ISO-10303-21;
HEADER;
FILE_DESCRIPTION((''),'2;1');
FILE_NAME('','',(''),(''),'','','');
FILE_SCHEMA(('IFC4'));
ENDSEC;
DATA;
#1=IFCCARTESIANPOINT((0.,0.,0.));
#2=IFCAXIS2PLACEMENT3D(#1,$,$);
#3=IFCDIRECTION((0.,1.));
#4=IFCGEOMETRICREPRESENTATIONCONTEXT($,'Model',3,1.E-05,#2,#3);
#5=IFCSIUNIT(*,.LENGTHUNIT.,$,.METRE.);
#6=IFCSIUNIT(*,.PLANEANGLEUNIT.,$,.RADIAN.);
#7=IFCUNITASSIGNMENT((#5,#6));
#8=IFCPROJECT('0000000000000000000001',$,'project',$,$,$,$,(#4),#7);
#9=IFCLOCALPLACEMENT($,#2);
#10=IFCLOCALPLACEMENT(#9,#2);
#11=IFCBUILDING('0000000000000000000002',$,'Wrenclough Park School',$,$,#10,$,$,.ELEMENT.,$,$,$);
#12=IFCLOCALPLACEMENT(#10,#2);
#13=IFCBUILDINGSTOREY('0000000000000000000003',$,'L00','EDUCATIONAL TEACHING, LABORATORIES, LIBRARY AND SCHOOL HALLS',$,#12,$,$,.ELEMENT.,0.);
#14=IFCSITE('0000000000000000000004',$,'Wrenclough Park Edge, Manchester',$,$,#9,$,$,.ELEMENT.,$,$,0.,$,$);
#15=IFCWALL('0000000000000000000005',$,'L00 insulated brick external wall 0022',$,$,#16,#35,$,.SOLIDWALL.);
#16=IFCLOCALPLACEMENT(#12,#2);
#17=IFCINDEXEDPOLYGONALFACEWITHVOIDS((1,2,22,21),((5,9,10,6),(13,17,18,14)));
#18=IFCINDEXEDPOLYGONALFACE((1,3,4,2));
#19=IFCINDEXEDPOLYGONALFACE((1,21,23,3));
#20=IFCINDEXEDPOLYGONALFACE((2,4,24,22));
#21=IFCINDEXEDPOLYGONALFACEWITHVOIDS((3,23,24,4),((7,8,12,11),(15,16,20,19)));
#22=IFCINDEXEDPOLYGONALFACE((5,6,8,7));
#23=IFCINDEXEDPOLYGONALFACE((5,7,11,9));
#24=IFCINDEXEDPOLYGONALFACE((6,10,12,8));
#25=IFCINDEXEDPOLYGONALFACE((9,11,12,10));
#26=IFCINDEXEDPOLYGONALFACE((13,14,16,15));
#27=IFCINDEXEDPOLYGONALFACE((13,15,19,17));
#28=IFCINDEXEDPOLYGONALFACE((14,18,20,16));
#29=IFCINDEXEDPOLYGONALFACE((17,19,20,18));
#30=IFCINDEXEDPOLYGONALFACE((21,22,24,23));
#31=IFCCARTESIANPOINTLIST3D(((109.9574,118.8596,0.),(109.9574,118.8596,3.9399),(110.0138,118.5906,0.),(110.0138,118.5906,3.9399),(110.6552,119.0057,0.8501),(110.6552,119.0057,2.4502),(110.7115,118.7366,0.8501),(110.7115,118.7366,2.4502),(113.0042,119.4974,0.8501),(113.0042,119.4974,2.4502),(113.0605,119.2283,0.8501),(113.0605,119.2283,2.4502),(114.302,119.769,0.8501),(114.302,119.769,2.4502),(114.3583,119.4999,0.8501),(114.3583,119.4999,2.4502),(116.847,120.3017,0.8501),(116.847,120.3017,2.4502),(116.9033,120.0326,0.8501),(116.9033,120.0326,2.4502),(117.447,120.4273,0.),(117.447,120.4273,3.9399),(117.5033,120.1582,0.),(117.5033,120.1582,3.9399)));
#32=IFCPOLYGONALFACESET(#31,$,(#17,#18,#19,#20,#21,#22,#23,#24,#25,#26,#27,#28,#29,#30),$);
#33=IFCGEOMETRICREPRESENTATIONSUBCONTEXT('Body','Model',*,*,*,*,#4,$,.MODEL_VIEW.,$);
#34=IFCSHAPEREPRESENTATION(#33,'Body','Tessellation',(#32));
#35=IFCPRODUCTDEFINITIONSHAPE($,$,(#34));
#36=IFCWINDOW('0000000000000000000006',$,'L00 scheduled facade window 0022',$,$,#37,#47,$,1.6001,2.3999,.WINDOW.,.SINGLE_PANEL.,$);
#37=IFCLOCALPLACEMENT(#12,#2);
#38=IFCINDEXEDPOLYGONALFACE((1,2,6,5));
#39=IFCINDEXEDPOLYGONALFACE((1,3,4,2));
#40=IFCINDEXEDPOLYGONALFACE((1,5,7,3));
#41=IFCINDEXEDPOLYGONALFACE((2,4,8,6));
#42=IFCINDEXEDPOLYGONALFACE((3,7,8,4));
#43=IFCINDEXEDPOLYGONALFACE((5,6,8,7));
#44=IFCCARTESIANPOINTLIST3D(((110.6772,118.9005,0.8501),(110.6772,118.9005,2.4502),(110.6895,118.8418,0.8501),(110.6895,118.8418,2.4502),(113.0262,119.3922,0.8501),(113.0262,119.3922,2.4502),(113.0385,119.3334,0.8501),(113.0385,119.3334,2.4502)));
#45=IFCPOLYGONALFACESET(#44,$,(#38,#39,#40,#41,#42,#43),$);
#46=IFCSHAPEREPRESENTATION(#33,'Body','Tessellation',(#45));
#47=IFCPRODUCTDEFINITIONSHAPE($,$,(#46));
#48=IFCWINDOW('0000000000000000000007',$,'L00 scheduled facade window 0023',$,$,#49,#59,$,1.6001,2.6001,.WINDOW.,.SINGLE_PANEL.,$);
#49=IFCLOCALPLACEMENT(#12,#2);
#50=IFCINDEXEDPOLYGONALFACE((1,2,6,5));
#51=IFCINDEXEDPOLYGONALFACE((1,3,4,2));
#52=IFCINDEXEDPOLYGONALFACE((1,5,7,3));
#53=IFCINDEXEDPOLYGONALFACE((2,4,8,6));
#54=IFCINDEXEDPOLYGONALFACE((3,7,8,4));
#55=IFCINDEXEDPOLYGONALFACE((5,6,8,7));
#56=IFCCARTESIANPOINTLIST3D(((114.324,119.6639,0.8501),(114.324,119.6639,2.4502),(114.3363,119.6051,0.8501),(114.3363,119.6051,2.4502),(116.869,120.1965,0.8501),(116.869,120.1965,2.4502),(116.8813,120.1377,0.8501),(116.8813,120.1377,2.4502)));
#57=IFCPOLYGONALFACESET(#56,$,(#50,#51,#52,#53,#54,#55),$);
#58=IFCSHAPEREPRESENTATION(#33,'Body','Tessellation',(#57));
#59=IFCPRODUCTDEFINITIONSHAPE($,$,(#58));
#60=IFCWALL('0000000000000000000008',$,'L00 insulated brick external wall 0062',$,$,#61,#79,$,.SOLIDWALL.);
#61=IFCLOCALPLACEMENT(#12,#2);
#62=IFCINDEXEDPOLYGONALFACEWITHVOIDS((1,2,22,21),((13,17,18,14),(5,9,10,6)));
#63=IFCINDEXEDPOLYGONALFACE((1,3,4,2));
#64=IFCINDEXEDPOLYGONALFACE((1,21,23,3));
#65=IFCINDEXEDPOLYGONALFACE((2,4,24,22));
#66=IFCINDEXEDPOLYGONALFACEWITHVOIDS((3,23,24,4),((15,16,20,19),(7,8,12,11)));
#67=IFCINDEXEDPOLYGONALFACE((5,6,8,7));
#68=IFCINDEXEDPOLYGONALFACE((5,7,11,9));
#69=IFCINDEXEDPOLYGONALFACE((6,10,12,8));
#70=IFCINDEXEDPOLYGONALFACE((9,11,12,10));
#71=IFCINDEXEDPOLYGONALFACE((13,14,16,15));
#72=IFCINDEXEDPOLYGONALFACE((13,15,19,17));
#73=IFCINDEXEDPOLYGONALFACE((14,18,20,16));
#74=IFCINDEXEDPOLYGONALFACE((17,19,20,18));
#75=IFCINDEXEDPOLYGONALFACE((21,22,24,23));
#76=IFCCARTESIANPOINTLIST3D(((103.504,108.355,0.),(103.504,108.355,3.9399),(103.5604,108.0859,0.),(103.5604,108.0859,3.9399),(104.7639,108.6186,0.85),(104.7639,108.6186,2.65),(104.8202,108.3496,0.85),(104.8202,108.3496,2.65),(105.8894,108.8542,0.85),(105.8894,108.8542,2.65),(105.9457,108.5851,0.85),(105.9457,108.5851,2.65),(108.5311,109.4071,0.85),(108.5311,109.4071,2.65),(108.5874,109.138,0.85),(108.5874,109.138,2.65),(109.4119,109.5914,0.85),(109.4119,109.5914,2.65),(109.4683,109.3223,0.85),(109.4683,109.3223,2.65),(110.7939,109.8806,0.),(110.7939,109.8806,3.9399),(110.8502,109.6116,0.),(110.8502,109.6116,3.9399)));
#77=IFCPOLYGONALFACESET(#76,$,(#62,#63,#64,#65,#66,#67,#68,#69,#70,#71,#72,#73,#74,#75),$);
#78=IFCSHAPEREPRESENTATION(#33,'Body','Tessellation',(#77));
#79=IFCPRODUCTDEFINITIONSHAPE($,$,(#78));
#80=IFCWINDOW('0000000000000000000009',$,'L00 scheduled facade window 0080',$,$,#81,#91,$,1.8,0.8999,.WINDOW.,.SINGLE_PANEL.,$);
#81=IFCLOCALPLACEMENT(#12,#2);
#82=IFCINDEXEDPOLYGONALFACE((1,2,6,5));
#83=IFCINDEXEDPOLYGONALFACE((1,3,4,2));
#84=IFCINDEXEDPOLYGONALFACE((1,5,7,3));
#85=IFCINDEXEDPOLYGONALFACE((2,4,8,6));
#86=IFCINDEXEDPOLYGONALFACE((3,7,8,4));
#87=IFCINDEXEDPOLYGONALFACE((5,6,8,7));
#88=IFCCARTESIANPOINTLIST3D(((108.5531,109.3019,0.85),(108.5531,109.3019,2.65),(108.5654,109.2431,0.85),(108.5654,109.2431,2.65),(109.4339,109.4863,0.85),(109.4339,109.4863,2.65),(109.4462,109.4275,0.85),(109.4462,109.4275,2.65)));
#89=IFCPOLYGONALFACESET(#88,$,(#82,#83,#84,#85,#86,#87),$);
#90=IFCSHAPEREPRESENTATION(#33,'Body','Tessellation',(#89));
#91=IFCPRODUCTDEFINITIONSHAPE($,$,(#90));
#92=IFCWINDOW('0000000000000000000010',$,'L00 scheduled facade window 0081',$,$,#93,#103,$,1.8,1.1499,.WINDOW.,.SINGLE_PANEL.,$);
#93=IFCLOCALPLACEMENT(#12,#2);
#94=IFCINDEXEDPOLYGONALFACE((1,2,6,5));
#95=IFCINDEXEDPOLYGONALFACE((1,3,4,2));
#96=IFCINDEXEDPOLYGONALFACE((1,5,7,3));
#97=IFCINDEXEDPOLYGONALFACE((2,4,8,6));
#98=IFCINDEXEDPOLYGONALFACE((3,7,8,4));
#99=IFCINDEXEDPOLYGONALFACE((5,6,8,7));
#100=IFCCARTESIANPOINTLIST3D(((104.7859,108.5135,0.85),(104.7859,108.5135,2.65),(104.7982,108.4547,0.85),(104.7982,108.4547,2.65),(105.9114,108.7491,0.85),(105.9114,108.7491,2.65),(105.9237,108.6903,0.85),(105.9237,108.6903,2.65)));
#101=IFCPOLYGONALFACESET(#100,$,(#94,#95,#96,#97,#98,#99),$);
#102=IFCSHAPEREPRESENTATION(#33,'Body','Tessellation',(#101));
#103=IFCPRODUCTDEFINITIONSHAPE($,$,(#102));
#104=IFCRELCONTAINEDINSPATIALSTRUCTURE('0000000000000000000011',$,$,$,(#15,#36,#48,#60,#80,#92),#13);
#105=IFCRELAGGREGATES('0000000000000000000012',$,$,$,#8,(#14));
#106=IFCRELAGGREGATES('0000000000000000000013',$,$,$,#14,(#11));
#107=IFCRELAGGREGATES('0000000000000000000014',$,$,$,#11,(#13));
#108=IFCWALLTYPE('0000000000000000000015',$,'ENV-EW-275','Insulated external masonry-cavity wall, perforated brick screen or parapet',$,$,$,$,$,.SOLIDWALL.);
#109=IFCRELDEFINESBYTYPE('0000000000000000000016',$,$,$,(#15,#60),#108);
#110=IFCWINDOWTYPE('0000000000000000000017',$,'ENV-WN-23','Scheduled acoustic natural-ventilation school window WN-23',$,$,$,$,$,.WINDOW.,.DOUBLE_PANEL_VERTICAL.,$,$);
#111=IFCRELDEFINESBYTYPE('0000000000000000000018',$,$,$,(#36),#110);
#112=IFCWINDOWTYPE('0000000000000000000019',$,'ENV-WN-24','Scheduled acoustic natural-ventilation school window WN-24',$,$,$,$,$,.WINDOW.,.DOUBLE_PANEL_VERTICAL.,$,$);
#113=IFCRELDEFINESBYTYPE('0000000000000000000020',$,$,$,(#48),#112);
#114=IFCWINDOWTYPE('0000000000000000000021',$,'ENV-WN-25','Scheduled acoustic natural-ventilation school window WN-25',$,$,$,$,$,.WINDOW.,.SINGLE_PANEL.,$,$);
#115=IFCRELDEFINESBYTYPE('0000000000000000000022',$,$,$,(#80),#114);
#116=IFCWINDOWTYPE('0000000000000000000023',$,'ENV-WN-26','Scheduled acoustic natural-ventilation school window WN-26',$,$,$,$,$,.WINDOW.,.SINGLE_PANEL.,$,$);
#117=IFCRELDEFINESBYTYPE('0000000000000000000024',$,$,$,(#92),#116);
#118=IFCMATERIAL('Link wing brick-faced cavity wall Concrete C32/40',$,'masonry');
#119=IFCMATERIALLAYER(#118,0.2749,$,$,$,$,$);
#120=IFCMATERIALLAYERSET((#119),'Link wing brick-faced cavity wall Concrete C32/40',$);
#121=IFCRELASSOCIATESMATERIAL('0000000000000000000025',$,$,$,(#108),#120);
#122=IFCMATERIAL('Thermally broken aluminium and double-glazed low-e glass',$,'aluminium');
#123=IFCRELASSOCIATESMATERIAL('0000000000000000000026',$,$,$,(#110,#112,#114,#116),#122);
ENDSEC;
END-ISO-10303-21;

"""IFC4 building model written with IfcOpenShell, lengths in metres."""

from ifc_helpers import new_model, si_unit, direction, frame, frame_2d, origin, place, context, subcontext, project, spatial, rectangle, extrude, material, layer, layer_set, type_object, element, fill, save


model = new_model("IFC4")

# Units and contexts
model_context = context("Model", 3, precision=1e-05, world=origin(), true_north=direction((0.0, 1.0)))
body_context = subcontext(model_context, "Body", "Model", "MODEL_VIEW")
ifc_project = project(units=[si_unit("LENGTHUNIT", "METRE"), si_unit("PLANEANGLEUNIT", "RADIAN")], contexts=[model_context])

# Site, building, storey
site_placement = place(None, origin())
site = spatial("IfcSite", under=ifc_project, at=site_placement, Name="Wrenclough Park Edge, Manchester", CompositionType="ELEMENT", RefElevation=0.0)
building_placement = place(site_placement, origin())
building = spatial("IfcBuilding", under=site, at=building_placement, Name="Wrenclough Park School", CompositionType="ELEMENT")
storey_placement = place(building_placement, origin())
storey = spatial("IfcBuildingStorey", under=building, at=storey_placement, Name="L00", Description="EDUCATIONAL TEACHING, LABORATORIES, LIBRARY AND SCHOOL HALLS", CompositionType="ELEMENT", Elevation=0.0)

# Walls, openings, windows
ifc_material_1 = material(Name="Link wing brick-faced cavity wall Concrete C32/40", Category="masonry")
ifc_layer_1 = layer(ifc_material_1, 0.2749)
ifc_layer_set_1 = layer_set([ifc_layer_1], Name="Link wing brick-faced cavity wall Concrete C32/40")
wall_type = type_object("IfcWallType", Name="ENV-EW-275", Description="Insulated external masonry-cavity wall, perforated brick screen or parapet", PredefinedType="SOLIDWALL", material=ifc_layer_set_1)
wall_1_placement = place(storey_placement, frame((109.9856, 118.7251, 0.0), z_axis=(0.0, 0.0, 1.0), x_axis=(0.978789, 0.20487, 0.0)))
wall_1 = element("IfcWall", 1, at=wall_1_placement, inside=storey, type_object=wall_type, Name="L00 insulated brick external wall 0022", PredefinedType="SOLIDWALL", context=body_context, shape_type="SweptSolid", body=[
    extrude(rectangle(XDim=7.6519, YDim=0.2749, at=frame_2d((3.8259, 0.0))), origin(), (0.0, 0.0, 1.0), 3.9399),
])
opening_1_placement = place(wall_1_placement, frame((0.7129, 0.0, 0.8501)))
opening_1 = element("IfcOpeningElement", 2, at=opening_1_placement, cuts=wall_1, PredefinedType="OPENING", context=body_context, shape_type="SweptSolid", body=[
    extrude(rectangle(XDim=2.3999, YDim=1.6001, at=frame_2d((1.2, 0.8))), frame((0.0, 0.1475, 0.0), z_axis=(0.0, -1.0, 0.0), x_axis=(1.0, 0.0, 0.0)), (0.0, 0.0, 1.0), 0.2949),
])
opening_2_placement = place(wall_1_placement, frame((4.4387, 0.0, 0.8501)))
opening_2 = element("IfcOpeningElement", 3, at=opening_2_placement, cuts=wall_1, PredefinedType="OPENING", context=body_context, shape_type="SweptSolid", body=[
    extrude(rectangle(XDim=2.6001, YDim=1.6001, at=frame_2d((1.3, 0.8))), frame((0.0, 0.1475, 0.0), z_axis=(0.0, -1.0, 0.0), x_axis=(1.0, 0.0, 0.0)), (0.0, 0.0, 1.0), 0.2949),
])
ifc_material_2 = material(Name="Thermally broken aluminium and double-glazed low-e glass", Category="aluminium")
window_type_1 = type_object("IfcWindowType", Name="ENV-WN-23", Description="Scheduled acoustic natural-ventilation school window WN-23", PartitioningType="DOUBLE_PANEL_VERTICAL", PredefinedType="WINDOW", material=ifc_material_2)
window_1_placement = place(opening_1_placement, origin())
window_1 = element("IfcWindow", 4, at=window_1_placement, inside=storey, type_object=window_type_1, Name="L00 scheduled facade window 0022", OverallHeight=1.6001, OverallWidth=2.3999, PartitioningType="SINGLE_PANEL", PredefinedType="WINDOW", context=body_context, shape_type="SweptSolid", body=[
    extrude(rectangle(XDim=2.3999, YDim=1.6001, at=frame_2d((1.2, 0.8))), frame((0.0, 0.03, 0.0), z_axis=(0.0, -1.0, 0.0), x_axis=(1.0, 0.0, 0.0)), (0.0, 0.0, 1.0), 0.0601),
])
fill(opening_1, window_1)
window_type_2 = type_object("IfcWindowType", Name="ENV-WN-24", Description="Scheduled acoustic natural-ventilation school window WN-24", PartitioningType="DOUBLE_PANEL_VERTICAL", PredefinedType="WINDOW", material=ifc_material_2)
window_2_placement = place(opening_2_placement, origin())
window_2 = element("IfcWindow", 5, at=window_2_placement, inside=storey, type_object=window_type_2, Name="L00 scheduled facade window 0023", OverallHeight=1.6001, OverallWidth=2.6001, PartitioningType="SINGLE_PANEL", PredefinedType="WINDOW", context=body_context, shape_type="SweptSolid", body=[
    extrude(rectangle(XDim=2.6001, YDim=1.6001, at=frame_2d((1.3, 0.8))), frame((0.0, 0.03, 0.0), z_axis=(0.0, -1.0, 0.0), x_axis=(1.0, 0.0, 0.0)), (0.0, 0.0, 1.0), 0.0601),
])
fill(opening_2, window_2)
wall_2_placement = place(storey_placement, frame((110.822, 109.7461, 0.0), z_axis=(0.0, 0.0, 1.0), x_axis=(-0.978794, -0.204846, 0.0)))
wall_2 = element("IfcWall", 6, at=wall_2_placement, inside=storey, type_object=wall_type, Name="L00 insulated brick external wall 0062", PredefinedType="SOLIDWALL", context=body_context, shape_type="SweptSolid", body=[
    extrude(rectangle(XDim=7.4478, YDim=0.2749, at=frame_2d((3.7239, 0.0))), origin(), (0.0, 0.0, 1.0), 3.9399),
])
opening_3_placement = place(wall_2_placement, frame((1.4119, 0.0, 0.8501)))
opening_3 = element("IfcOpeningElement", 7, at=opening_3_placement, cuts=wall_2, PredefinedType="OPENING", context=body_context, shape_type="SweptSolid", body=[
    extrude(rectangle(XDim=0.8999, YDim=1.8, at=frame_2d((0.45, 0.8999))), frame((0.0, 0.1475, 0.0), z_axis=(0.0, -1.0, 0.0), x_axis=(1.0, 0.0, 0.0)), (0.0, 0.0, 1.0), 0.2949),
])
opening_4_placement = place(wall_2_placement, frame((5.0107, 0.0, 0.8501)))
opening_4 = element("IfcOpeningElement", 8, at=opening_4_placement, cuts=wall_2, PredefinedType="OPENING", context=body_context, shape_type="SweptSolid", body=[
    extrude(rectangle(XDim=1.1499, YDim=1.8, at=frame_2d((0.575, 0.8999))), frame((0.0, 0.1475, 0.0), z_axis=(0.0, -1.0, 0.0), x_axis=(1.0, 0.0, 0.0)), (0.0, 0.0, 1.0), 0.2949),
])
window_type_3 = type_object("IfcWindowType", Name="ENV-WN-25", Description="Scheduled acoustic natural-ventilation school window WN-25", PartitioningType="SINGLE_PANEL", PredefinedType="WINDOW", material=ifc_material_2)
window_3_placement = place(opening_3_placement, origin())
window_3 = element("IfcWindow", 9, at=window_3_placement, inside=storey, type_object=window_type_3, Name="L00 scheduled facade window 0080", OverallHeight=1.8, OverallWidth=0.8999, PartitioningType="SINGLE_PANEL", PredefinedType="WINDOW", context=body_context, shape_type="SweptSolid", body=[
    extrude(rectangle(XDim=0.8999, YDim=1.8, at=frame_2d((0.45, 0.8999))), frame((0.0, 0.03, 0.0), z_axis=(0.0, -1.0, 0.0), x_axis=(1.0, 0.0, 0.0)), (0.0, 0.0, 1.0), 0.0601),
])
fill(opening_3, window_3)
window_type_4 = type_object("IfcWindowType", Name="ENV-WN-26", Description="Scheduled acoustic natural-ventilation school window WN-26", PartitioningType="SINGLE_PANEL", PredefinedType="WINDOW", material=ifc_material_2)
window_4_placement = place(opening_4_placement, origin())
window_4 = element("IfcWindow", 10, at=window_4_placement, inside=storey, type_object=window_type_4, Name="L00 scheduled facade window 0081", OverallHeight=1.8, OverallWidth=1.1499, PartitioningType="SINGLE_PANEL", PredefinedType="WINDOW", context=body_context, shape_type="SweptSolid", body=[
    extrude(rectangle(XDim=1.1499, YDim=1.8, at=frame_2d((0.575, 0.8999))), frame((0.0, 0.03, 0.0), z_axis=(0.0, -1.0, 0.0), x_axis=(1.0, 0.0, 0.0)), (0.0, 0.0, 1.0), 0.0601),
])
fill(opening_4, window_4)

save(model, "model.ifc")
